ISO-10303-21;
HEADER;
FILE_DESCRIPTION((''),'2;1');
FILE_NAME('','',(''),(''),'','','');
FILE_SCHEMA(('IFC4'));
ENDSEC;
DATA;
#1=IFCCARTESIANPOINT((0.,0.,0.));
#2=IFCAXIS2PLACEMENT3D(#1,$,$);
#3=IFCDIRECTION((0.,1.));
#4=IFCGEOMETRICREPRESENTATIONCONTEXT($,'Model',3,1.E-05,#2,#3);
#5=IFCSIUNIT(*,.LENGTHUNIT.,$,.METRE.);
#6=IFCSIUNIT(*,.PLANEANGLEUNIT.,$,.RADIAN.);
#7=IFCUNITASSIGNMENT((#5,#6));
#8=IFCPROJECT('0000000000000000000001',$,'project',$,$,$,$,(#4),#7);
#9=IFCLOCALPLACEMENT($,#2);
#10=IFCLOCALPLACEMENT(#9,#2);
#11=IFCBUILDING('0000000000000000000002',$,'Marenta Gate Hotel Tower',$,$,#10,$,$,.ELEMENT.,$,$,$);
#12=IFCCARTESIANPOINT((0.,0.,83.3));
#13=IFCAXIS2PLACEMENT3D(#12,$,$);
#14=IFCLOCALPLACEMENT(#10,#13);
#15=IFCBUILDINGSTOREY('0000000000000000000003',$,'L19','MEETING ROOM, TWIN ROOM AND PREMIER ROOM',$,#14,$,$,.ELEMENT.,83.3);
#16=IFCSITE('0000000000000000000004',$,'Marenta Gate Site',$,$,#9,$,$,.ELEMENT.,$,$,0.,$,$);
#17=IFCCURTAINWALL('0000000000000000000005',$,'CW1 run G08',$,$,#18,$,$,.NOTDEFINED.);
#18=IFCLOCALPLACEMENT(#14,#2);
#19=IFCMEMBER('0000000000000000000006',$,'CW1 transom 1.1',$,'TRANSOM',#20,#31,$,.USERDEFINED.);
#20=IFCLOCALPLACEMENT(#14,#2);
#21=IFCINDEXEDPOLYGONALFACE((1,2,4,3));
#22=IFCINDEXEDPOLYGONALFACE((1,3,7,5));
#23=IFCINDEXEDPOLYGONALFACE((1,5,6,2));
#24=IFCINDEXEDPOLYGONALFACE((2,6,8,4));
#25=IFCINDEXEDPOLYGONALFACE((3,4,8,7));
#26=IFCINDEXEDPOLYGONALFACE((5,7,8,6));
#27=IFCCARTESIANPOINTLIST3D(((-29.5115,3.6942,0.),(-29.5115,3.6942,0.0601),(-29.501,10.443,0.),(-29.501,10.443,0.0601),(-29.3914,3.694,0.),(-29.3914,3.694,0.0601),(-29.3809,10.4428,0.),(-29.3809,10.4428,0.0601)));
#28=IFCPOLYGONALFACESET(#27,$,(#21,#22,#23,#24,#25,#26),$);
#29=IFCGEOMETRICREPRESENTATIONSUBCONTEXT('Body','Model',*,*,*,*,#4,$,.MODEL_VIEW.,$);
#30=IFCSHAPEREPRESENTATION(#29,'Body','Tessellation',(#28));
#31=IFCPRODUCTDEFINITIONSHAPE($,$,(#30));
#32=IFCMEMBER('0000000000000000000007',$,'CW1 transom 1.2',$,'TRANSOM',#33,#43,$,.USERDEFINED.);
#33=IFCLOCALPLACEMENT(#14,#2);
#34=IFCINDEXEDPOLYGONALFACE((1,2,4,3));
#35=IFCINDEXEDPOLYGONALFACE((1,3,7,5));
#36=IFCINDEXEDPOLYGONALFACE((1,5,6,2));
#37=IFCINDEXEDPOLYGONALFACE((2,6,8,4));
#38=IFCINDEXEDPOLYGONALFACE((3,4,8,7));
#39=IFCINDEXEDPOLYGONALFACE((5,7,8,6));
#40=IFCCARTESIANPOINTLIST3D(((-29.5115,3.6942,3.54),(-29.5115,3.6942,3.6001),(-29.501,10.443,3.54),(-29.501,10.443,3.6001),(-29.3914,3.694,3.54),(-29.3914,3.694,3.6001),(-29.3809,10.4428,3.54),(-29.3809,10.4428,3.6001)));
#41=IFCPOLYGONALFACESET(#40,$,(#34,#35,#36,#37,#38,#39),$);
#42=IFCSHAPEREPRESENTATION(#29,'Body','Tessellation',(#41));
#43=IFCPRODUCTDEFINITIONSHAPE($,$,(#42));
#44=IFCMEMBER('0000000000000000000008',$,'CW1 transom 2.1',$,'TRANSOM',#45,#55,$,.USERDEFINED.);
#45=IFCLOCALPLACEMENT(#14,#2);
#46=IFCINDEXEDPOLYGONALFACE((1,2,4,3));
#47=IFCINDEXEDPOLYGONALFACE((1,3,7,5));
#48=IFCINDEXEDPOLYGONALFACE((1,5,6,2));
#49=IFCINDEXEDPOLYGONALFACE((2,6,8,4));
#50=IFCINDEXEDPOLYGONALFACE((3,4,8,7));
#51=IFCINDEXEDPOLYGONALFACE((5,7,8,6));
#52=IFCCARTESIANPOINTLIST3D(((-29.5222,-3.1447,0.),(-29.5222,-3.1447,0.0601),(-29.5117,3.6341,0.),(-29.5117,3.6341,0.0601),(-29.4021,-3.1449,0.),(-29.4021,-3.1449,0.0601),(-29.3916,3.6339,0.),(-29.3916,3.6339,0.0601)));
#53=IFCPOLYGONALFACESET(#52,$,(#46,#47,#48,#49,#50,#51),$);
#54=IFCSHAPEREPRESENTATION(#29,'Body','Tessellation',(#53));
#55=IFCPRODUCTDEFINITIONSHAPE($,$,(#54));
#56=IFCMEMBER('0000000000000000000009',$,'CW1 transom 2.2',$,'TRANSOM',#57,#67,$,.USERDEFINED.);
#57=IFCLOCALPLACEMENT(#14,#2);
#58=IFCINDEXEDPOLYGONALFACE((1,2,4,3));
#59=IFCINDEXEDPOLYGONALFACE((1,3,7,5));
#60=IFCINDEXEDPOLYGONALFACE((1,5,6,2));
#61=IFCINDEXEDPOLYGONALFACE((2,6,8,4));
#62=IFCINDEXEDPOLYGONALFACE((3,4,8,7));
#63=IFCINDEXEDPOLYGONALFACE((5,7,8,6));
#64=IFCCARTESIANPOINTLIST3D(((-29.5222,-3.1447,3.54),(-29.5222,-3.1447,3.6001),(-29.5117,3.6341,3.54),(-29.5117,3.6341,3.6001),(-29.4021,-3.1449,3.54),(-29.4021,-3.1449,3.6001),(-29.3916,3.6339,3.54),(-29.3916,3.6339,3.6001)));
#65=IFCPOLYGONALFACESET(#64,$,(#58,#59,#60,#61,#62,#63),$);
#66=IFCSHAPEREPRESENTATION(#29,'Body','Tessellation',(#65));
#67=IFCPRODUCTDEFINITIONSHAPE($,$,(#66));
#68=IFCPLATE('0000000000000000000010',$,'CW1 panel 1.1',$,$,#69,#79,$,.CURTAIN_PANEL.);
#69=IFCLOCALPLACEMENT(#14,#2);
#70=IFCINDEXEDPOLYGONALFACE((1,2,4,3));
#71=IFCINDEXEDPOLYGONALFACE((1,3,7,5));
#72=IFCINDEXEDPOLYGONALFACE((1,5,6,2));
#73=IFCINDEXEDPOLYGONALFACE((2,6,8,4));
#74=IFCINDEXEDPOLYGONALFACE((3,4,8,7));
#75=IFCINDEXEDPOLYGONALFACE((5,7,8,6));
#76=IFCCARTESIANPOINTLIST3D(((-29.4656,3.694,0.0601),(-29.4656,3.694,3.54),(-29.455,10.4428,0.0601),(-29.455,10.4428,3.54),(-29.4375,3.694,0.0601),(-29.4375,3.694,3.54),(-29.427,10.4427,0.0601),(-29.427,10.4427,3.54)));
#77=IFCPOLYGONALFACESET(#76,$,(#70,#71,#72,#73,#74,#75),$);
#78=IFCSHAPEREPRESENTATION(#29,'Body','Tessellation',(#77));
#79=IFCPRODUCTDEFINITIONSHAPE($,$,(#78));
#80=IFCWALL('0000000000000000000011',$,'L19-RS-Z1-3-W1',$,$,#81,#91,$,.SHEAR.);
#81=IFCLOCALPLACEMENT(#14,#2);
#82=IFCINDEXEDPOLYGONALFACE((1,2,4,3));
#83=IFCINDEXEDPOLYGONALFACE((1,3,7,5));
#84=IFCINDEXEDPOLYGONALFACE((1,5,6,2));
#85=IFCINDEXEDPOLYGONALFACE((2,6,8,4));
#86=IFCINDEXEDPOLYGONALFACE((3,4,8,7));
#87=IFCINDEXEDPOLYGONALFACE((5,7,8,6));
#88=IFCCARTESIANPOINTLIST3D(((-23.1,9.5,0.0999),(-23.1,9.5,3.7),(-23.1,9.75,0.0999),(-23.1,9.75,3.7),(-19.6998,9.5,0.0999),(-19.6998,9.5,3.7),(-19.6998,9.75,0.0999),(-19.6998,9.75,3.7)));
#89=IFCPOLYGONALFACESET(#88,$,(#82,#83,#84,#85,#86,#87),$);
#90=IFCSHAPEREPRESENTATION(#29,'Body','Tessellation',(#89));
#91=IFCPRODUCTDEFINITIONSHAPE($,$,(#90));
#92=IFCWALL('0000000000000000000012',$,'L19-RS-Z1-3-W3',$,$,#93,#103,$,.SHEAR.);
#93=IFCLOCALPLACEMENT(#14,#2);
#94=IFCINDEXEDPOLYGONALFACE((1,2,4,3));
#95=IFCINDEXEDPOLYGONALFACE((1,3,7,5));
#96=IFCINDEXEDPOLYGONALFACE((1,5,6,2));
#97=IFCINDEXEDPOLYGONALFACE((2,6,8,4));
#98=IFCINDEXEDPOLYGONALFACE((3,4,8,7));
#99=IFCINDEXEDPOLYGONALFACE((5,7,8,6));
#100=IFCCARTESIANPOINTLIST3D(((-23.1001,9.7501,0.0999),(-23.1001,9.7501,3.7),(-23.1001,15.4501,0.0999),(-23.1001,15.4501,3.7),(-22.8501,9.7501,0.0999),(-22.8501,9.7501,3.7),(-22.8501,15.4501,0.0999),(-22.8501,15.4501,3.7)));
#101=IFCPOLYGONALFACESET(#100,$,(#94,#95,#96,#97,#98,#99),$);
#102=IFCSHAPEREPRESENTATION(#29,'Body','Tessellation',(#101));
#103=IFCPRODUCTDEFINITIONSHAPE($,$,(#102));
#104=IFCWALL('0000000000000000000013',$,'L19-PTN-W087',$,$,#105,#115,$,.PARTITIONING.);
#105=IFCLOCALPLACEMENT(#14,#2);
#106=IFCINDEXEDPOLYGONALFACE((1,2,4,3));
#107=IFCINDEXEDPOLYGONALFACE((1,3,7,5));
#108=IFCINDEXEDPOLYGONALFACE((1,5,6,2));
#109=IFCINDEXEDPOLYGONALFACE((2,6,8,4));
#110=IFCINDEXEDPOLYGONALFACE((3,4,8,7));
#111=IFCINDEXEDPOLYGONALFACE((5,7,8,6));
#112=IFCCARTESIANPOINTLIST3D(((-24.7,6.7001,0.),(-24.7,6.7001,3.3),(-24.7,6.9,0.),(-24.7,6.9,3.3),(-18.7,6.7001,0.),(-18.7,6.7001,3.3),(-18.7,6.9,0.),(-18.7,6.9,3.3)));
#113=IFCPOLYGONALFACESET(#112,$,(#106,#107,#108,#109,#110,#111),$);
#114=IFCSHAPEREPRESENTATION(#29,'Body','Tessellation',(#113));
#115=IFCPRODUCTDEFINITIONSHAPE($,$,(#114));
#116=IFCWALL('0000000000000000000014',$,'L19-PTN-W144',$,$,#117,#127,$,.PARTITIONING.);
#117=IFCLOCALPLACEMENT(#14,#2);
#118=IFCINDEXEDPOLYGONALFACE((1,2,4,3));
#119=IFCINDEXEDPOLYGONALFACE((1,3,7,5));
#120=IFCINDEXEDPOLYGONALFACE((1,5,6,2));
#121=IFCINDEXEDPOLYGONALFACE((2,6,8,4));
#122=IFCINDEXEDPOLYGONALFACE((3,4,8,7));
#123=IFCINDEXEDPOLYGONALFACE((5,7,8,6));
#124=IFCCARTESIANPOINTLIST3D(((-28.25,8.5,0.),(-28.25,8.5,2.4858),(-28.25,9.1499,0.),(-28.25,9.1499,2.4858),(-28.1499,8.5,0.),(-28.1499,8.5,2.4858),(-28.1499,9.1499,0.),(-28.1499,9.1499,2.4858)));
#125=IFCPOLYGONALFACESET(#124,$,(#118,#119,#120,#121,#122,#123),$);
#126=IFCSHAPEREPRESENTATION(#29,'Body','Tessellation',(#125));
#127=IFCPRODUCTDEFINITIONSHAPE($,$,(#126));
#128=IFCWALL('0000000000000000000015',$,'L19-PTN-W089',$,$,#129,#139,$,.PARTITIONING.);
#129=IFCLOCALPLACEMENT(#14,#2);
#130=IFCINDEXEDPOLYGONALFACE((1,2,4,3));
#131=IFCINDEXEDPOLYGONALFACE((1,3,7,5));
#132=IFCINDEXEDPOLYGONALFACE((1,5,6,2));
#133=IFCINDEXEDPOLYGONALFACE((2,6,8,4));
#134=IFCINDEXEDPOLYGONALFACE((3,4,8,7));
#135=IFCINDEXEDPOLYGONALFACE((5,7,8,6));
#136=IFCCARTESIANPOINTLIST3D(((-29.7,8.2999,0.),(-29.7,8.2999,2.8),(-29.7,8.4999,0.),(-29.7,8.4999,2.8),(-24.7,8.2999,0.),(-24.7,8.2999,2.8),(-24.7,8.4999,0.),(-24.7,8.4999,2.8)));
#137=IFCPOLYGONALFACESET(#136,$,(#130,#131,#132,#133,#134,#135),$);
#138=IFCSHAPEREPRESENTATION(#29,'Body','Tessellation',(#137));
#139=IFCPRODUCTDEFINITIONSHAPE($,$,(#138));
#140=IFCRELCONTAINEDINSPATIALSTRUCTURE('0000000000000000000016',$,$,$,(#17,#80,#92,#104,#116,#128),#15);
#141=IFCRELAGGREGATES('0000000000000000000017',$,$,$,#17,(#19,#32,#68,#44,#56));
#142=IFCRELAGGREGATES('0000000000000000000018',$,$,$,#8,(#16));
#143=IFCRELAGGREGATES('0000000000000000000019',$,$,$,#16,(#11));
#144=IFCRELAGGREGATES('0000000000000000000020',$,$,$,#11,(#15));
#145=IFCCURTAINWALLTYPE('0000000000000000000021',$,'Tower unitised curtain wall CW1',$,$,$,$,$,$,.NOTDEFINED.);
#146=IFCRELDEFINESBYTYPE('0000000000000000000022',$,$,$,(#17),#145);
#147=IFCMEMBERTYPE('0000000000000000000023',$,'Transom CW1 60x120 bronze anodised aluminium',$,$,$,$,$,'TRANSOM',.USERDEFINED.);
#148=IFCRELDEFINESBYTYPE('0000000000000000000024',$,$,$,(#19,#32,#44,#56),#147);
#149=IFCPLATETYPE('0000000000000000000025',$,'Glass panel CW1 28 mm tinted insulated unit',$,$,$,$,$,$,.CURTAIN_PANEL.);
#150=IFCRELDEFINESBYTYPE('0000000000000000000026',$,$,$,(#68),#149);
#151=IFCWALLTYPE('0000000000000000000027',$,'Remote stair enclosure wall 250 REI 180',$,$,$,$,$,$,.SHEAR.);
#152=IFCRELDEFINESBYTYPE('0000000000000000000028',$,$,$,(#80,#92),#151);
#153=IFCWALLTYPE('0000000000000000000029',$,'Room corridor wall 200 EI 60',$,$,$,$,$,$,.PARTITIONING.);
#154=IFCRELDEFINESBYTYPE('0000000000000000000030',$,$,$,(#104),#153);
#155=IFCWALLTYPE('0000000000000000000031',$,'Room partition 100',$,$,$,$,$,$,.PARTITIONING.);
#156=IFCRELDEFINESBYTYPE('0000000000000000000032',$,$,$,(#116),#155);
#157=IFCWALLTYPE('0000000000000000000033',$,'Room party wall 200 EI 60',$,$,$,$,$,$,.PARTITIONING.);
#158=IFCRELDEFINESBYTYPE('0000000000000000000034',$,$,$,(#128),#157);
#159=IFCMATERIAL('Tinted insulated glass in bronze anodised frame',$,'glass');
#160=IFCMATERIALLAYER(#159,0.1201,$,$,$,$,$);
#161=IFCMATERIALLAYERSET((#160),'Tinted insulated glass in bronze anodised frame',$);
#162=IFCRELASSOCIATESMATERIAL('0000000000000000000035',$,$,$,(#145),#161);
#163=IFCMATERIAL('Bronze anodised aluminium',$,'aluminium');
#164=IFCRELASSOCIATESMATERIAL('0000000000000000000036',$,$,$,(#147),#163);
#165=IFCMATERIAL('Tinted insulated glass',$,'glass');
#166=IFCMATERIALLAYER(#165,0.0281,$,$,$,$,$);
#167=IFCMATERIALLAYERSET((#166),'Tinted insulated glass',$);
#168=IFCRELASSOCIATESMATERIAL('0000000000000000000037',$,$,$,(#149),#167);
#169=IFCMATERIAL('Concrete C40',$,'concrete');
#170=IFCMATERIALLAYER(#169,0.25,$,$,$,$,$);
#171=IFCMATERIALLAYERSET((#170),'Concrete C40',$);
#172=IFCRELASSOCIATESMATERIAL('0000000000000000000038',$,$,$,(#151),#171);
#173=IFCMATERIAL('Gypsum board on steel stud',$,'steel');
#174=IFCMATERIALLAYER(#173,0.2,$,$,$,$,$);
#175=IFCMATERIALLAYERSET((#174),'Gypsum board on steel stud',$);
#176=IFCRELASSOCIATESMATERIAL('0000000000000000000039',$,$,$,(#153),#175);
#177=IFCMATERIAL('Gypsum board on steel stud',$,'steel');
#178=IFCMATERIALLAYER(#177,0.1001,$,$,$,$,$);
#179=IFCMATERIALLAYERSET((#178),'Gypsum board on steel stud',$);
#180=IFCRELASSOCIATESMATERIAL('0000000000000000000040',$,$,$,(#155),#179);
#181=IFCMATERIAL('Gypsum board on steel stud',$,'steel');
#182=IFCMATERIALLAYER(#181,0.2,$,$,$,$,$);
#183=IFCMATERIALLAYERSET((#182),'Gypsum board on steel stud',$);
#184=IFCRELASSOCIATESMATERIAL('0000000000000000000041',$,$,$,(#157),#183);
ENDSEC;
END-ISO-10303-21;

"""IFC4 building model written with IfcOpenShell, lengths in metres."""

from ifc_helpers import new_model, si_unit, direction, frame, frame_2d, origin, origin_2d, place, context, subcontext, project, spatial, rectangle, extrude, material, layer, layer_set, material_profile, profile_set, type_object, element, aggregate, save


model = new_model("IFC4")

# Units and contexts
model_context = context("Model", 3, precision=1e-05, world=origin(), true_north=direction((0.0, 1.0)))
body_context = subcontext(model_context, "Body", "Model", "MODEL_VIEW")
ifc_project = project(units=[si_unit("LENGTHUNIT", "METRE"), si_unit("PLANEANGLEUNIT", "RADIAN")], contexts=[model_context])

# Site, building, storey
site_placement = place(None, origin())
site = spatial("IfcSite", under=ifc_project, at=site_placement, Name="Marenta Gate Site", CompositionType="ELEMENT", RefElevation=0.0)
building_placement = place(site_placement, origin())
building = spatial("IfcBuilding", under=site, at=building_placement, Name="Marenta Gate Hotel Tower", CompositionType="ELEMENT")
storey_placement = place(building_placement, frame((0.0, 0.0, 83.3)))
storey = spatial("IfcBuildingStorey", under=building, at=storey_placement, Name="L19", Description="MEETING ROOM, TWIN ROOM AND PREMIER ROOM", CompositionType="ELEMENT", Elevation=83.3)

# Curtain wall, members, plate
ifc_material_1 = material(Name="Tinted insulated glass in bronze anodised frame", Category="glass")
ifc_layer_1 = layer(ifc_material_1, 0.1201)
ifc_layer_set_1 = layer_set([ifc_layer_1], Name="Tinted insulated glass in bronze anodised frame")
curtain_wall_type = type_object("IfcCurtainWallType", Name="Tower unitised curtain wall CW1", PredefinedType="NOTDEFINED", material=ifc_layer_set_1)
curtain_wall_placement = place(storey_placement, origin())
curtain_wall = element("IfcCurtainWall", 1, at=curtain_wall_placement, inside=storey, type_object=curtain_wall_type, Name="CW1 run G08", PredefinedType="NOTDEFINED")
ifc_material_2 = material(Name="Bronze anodised aluminium", Category="aluminium")
ifc_material_profile_1 = material_profile(ifc_material_2, rectangle(XDim=0.1201, YDim=0.0601, at=origin_2d()), Name="Transom CW1 60x120 bronze anodised aluminium")
ifc_profile_set_1 = profile_set([ifc_material_profile_1], Name="Bronze anodised aluminium")
member_type_1 = type_object("IfcMemberType", Name="Transom CW1 60x120 bronze anodised aluminium", ElementType="TRANSOM", PredefinedType="USERDEFINED", material=ifc_profile_set_1)
member_1_placement = place(storey_placement, frame((-29.4409, 10.4429, 0.03), z_axis=(-0.001556, -0.999999, 0.0), x_axis=(0.999999, -0.001556, 0.0)))
member_1 = element("IfcMember", 2, at=member_1_placement, type_object=member_type_1, Name="CW1 transom 1.1", ObjectType="TRANSOM", PredefinedType="USERDEFINED", context=body_context, shape_type="SweptSolid", body=[
    extrude(rectangle(XDim=0.1201, YDim=0.0601, at=origin_2d()), origin(), (0.0, 0.0, 1.0), 6.7488),
])
member_2_placement = place(storey_placement, frame((-29.4409, 10.4429, 3.5701), z_axis=(-0.001556, -0.999999, 0.0), x_axis=(0.999999, -0.001556, 0.0)))
member_2 = element("IfcMember", 3, at=member_2_placement, type_object=member_type_1, Name="CW1 transom 1.2", ObjectType="TRANSOM", PredefinedType="USERDEFINED", context=body_context, shape_type="SweptSolid", body=[
    extrude(rectangle(XDim=0.1201, YDim=0.0601, at=origin_2d()), origin(), (0.0, 0.0, 1.0), 6.7488),
])
member_3_placement = place(storey_placement, frame((-29.4517, 3.634, 0.03), z_axis=(-0.001549, -0.999999, 0.0), x_axis=(0.999999, -0.001549, 0.0)))
member_3 = element("IfcMember", 4, at=member_3_placement, type_object=member_type_1, Name="CW1 transom 2.1", ObjectType="TRANSOM", PredefinedType="USERDEFINED", context=body_context, shape_type="SweptSolid", body=[
    extrude(rectangle(XDim=0.1201, YDim=0.0601, at=origin_2d()), origin(), (0.0, 0.0, 1.0), 6.7788),
])
member_4_placement = place(storey_placement, frame((-29.4517, 3.634, 3.5701), z_axis=(-0.001549, -0.999999, 0.0), x_axis=(0.999999, -0.001549, 0.0)))
member_4 = element("IfcMember", 5, at=member_4_placement, type_object=member_type_1, Name="CW1 transom 2.2", ObjectType="TRANSOM", PredefinedType="USERDEFINED", context=body_context, shape_type="SweptSolid", body=[
    extrude(rectangle(XDim=0.1201, YDim=0.0601, at=origin_2d()), origin(), (0.0, 0.0, 1.0), 6.7788),
])
ifc_material_3 = material(Name="Tinted insulated glass", Category="glass")
ifc_layer_2 = layer(ifc_material_3, 0.0281)
ifc_layer_set_2 = layer_set([ifc_layer_2], Name="Tinted insulated glass")
plate_type = type_object("IfcPlateType", Name="Glass panel CW1 28 mm tinted insulated unit", PredefinedType="CURTAIN_PANEL", material=ifc_layer_set_2)
plate_placement = place(storey_placement, frame((-29.4463, 7.0684, 0.0601), z_axis=(0.0, 0.0, 1.0), x_axis=(-0.001565, -0.999999, 0.0)))
plate = element("IfcPlate", 6, at=plate_placement, type_object=plate_type, Name="CW1 panel 1.1", PredefinedType="CURTAIN_PANEL", context=body_context, shape_type="SweptSolid", body=[
    extrude(rectangle(XDim=6.7488, YDim=0.0281, at=origin_2d()), origin(), (0.0, 0.0, 1.0), 3.48),
])
aggregate(curtain_wall, [member_1, member_2, plate, member_3, member_4])

# Walls
ifc_material_4 = material(Name="Concrete C40", Category="concrete")
ifc_layer_3 = layer(ifc_material_4, 0.25)
ifc_layer_set_3 = layer_set([ifc_layer_3], Name="Concrete C40")
wall_type_1 = type_object("IfcWallType", Name="Remote stair enclosure wall 250 REI 180", PredefinedType="SHEAR", material=ifc_layer_set_3)
wall_1_placement = place(storey_placement, frame((-23.1001, 9.625, 0.0999), z_axis=(0.0, 0.0, 1.0), x_axis=(1.0, 0.0, 0.0)))
element("IfcWall", 7, at=wall_1_placement, inside=storey, type_object=wall_type_1, Name="L19-RS-Z1-3-W1", PredefinedType="SHEAR", context=body_context, shape_type="SweptSolid", body=[
    extrude(rectangle(XDim=3.4001, YDim=0.25, at=frame_2d((1.7002, 0.0))), origin(), (0.0, 0.0, 1.0), 3.6001),
])
wall_2_placement = place(storey_placement, frame((-22.9751, 9.75, 0.0999), z_axis=(0.0, 0.0, 1.0), x_axis=(0.0, 1.0, 0.0)))
element("IfcWall", 8, at=wall_2_placement, inside=storey, type_object=wall_type_1, Name="L19-RS-Z1-3-W3", PredefinedType="SHEAR", context=body_context, shape_type="SweptSolid", body=[
    extrude(rectangle(XDim=5.7, YDim=0.25, at=frame_2d((2.8501, 0.0))), origin(), (0.0, 0.0, 1.0), 3.6001),
])
ifc_material_5 = material(Name="Gypsum board on steel stud", Category="steel")
ifc_layer_4 = layer(ifc_material_5, 0.2)
ifc_layer_set_4 = layer_set([ifc_layer_4], Name="Gypsum board on steel stud")
wall_type_2 = type_object("IfcWallType", Name="Room corridor wall 200 EI 60", PredefinedType="PARTITIONING", material=ifc_layer_set_4)
wall_3_placement = place(storey_placement, frame((-24.7, 6.8, 0.0), z_axis=(0.0, 0.0, 1.0), x_axis=(1.0, 0.0, 0.0)))
element("IfcWall", 9, at=wall_3_placement, inside=storey, type_object=wall_type_2, Name="L19-PTN-W087", PredefinedType="PARTITIONING", context=body_context, shape_type="SweptSolid", body=[
    extrude(rectangle(XDim=6.0, YDim=0.2, at=frame_2d((3.0, 0.0))), origin(), (0.0, 0.0, 1.0), 3.3),
])

# Walls
ifc_material_6 = material(Name="Gypsum board on steel stud", Category="steel")
ifc_layer_5 = layer(ifc_material_6, 0.1001)
ifc_layer_set_5 = layer_set([ifc_layer_5], Name="Gypsum board on steel stud")
wall_type_3 = type_object("IfcWallType", Name="Room partition 100", PredefinedType="PARTITIONING", material=ifc_layer_set_5)
wall_4_placement = place(storey_placement, frame((-28.2, 8.5, 0.0), z_axis=(0.0, 0.0, 1.0), x_axis=(0.0, 1.0, 0.0)))
element("IfcWall", 10, at=wall_4_placement, inside=storey, type_object=wall_type_3, Name="L19-PTN-W144", PredefinedType="PARTITIONING", context=body_context, shape_type="SweptSolid", body=[
    extrude(rectangle(XDim=0.6499, YDim=0.1001, at=frame_2d((0.325, 0.0))), origin(), (0.0, 0.0, 1.0), 2.4858),
])
ifc_material_7 = material(Name="Gypsum board on steel stud", Category="steel")
ifc_layer_6 = layer(ifc_material_7, 0.2)
ifc_layer_set_6 = layer_set([ifc_layer_6], Name="Gypsum board on steel stud")
wall_type_4 = type_object("IfcWallType", Name="Room party wall 200 EI 60", PredefinedType="PARTITIONING", material=ifc_layer_set_6)
wall_5_placement = place(storey_placement, frame((-29.7, 8.3999, 0.0), z_axis=(0.0, 0.0, 1.0), x_axis=(1.0, 0.0, 0.0)))
element("IfcWall", 11, at=wall_5_placement, inside=storey, type_object=wall_type_4, Name="L19-PTN-W089", PredefinedType="PARTITIONING", context=body_context, shape_type="SweptSolid", body=[
    extrude(rectangle(XDim=5.0, YDim=0.2, at=frame_2d((2.5, 0.0))), origin(), (0.0, 0.0, 1.0), 2.8),
])

save(model, "model.ifc")
